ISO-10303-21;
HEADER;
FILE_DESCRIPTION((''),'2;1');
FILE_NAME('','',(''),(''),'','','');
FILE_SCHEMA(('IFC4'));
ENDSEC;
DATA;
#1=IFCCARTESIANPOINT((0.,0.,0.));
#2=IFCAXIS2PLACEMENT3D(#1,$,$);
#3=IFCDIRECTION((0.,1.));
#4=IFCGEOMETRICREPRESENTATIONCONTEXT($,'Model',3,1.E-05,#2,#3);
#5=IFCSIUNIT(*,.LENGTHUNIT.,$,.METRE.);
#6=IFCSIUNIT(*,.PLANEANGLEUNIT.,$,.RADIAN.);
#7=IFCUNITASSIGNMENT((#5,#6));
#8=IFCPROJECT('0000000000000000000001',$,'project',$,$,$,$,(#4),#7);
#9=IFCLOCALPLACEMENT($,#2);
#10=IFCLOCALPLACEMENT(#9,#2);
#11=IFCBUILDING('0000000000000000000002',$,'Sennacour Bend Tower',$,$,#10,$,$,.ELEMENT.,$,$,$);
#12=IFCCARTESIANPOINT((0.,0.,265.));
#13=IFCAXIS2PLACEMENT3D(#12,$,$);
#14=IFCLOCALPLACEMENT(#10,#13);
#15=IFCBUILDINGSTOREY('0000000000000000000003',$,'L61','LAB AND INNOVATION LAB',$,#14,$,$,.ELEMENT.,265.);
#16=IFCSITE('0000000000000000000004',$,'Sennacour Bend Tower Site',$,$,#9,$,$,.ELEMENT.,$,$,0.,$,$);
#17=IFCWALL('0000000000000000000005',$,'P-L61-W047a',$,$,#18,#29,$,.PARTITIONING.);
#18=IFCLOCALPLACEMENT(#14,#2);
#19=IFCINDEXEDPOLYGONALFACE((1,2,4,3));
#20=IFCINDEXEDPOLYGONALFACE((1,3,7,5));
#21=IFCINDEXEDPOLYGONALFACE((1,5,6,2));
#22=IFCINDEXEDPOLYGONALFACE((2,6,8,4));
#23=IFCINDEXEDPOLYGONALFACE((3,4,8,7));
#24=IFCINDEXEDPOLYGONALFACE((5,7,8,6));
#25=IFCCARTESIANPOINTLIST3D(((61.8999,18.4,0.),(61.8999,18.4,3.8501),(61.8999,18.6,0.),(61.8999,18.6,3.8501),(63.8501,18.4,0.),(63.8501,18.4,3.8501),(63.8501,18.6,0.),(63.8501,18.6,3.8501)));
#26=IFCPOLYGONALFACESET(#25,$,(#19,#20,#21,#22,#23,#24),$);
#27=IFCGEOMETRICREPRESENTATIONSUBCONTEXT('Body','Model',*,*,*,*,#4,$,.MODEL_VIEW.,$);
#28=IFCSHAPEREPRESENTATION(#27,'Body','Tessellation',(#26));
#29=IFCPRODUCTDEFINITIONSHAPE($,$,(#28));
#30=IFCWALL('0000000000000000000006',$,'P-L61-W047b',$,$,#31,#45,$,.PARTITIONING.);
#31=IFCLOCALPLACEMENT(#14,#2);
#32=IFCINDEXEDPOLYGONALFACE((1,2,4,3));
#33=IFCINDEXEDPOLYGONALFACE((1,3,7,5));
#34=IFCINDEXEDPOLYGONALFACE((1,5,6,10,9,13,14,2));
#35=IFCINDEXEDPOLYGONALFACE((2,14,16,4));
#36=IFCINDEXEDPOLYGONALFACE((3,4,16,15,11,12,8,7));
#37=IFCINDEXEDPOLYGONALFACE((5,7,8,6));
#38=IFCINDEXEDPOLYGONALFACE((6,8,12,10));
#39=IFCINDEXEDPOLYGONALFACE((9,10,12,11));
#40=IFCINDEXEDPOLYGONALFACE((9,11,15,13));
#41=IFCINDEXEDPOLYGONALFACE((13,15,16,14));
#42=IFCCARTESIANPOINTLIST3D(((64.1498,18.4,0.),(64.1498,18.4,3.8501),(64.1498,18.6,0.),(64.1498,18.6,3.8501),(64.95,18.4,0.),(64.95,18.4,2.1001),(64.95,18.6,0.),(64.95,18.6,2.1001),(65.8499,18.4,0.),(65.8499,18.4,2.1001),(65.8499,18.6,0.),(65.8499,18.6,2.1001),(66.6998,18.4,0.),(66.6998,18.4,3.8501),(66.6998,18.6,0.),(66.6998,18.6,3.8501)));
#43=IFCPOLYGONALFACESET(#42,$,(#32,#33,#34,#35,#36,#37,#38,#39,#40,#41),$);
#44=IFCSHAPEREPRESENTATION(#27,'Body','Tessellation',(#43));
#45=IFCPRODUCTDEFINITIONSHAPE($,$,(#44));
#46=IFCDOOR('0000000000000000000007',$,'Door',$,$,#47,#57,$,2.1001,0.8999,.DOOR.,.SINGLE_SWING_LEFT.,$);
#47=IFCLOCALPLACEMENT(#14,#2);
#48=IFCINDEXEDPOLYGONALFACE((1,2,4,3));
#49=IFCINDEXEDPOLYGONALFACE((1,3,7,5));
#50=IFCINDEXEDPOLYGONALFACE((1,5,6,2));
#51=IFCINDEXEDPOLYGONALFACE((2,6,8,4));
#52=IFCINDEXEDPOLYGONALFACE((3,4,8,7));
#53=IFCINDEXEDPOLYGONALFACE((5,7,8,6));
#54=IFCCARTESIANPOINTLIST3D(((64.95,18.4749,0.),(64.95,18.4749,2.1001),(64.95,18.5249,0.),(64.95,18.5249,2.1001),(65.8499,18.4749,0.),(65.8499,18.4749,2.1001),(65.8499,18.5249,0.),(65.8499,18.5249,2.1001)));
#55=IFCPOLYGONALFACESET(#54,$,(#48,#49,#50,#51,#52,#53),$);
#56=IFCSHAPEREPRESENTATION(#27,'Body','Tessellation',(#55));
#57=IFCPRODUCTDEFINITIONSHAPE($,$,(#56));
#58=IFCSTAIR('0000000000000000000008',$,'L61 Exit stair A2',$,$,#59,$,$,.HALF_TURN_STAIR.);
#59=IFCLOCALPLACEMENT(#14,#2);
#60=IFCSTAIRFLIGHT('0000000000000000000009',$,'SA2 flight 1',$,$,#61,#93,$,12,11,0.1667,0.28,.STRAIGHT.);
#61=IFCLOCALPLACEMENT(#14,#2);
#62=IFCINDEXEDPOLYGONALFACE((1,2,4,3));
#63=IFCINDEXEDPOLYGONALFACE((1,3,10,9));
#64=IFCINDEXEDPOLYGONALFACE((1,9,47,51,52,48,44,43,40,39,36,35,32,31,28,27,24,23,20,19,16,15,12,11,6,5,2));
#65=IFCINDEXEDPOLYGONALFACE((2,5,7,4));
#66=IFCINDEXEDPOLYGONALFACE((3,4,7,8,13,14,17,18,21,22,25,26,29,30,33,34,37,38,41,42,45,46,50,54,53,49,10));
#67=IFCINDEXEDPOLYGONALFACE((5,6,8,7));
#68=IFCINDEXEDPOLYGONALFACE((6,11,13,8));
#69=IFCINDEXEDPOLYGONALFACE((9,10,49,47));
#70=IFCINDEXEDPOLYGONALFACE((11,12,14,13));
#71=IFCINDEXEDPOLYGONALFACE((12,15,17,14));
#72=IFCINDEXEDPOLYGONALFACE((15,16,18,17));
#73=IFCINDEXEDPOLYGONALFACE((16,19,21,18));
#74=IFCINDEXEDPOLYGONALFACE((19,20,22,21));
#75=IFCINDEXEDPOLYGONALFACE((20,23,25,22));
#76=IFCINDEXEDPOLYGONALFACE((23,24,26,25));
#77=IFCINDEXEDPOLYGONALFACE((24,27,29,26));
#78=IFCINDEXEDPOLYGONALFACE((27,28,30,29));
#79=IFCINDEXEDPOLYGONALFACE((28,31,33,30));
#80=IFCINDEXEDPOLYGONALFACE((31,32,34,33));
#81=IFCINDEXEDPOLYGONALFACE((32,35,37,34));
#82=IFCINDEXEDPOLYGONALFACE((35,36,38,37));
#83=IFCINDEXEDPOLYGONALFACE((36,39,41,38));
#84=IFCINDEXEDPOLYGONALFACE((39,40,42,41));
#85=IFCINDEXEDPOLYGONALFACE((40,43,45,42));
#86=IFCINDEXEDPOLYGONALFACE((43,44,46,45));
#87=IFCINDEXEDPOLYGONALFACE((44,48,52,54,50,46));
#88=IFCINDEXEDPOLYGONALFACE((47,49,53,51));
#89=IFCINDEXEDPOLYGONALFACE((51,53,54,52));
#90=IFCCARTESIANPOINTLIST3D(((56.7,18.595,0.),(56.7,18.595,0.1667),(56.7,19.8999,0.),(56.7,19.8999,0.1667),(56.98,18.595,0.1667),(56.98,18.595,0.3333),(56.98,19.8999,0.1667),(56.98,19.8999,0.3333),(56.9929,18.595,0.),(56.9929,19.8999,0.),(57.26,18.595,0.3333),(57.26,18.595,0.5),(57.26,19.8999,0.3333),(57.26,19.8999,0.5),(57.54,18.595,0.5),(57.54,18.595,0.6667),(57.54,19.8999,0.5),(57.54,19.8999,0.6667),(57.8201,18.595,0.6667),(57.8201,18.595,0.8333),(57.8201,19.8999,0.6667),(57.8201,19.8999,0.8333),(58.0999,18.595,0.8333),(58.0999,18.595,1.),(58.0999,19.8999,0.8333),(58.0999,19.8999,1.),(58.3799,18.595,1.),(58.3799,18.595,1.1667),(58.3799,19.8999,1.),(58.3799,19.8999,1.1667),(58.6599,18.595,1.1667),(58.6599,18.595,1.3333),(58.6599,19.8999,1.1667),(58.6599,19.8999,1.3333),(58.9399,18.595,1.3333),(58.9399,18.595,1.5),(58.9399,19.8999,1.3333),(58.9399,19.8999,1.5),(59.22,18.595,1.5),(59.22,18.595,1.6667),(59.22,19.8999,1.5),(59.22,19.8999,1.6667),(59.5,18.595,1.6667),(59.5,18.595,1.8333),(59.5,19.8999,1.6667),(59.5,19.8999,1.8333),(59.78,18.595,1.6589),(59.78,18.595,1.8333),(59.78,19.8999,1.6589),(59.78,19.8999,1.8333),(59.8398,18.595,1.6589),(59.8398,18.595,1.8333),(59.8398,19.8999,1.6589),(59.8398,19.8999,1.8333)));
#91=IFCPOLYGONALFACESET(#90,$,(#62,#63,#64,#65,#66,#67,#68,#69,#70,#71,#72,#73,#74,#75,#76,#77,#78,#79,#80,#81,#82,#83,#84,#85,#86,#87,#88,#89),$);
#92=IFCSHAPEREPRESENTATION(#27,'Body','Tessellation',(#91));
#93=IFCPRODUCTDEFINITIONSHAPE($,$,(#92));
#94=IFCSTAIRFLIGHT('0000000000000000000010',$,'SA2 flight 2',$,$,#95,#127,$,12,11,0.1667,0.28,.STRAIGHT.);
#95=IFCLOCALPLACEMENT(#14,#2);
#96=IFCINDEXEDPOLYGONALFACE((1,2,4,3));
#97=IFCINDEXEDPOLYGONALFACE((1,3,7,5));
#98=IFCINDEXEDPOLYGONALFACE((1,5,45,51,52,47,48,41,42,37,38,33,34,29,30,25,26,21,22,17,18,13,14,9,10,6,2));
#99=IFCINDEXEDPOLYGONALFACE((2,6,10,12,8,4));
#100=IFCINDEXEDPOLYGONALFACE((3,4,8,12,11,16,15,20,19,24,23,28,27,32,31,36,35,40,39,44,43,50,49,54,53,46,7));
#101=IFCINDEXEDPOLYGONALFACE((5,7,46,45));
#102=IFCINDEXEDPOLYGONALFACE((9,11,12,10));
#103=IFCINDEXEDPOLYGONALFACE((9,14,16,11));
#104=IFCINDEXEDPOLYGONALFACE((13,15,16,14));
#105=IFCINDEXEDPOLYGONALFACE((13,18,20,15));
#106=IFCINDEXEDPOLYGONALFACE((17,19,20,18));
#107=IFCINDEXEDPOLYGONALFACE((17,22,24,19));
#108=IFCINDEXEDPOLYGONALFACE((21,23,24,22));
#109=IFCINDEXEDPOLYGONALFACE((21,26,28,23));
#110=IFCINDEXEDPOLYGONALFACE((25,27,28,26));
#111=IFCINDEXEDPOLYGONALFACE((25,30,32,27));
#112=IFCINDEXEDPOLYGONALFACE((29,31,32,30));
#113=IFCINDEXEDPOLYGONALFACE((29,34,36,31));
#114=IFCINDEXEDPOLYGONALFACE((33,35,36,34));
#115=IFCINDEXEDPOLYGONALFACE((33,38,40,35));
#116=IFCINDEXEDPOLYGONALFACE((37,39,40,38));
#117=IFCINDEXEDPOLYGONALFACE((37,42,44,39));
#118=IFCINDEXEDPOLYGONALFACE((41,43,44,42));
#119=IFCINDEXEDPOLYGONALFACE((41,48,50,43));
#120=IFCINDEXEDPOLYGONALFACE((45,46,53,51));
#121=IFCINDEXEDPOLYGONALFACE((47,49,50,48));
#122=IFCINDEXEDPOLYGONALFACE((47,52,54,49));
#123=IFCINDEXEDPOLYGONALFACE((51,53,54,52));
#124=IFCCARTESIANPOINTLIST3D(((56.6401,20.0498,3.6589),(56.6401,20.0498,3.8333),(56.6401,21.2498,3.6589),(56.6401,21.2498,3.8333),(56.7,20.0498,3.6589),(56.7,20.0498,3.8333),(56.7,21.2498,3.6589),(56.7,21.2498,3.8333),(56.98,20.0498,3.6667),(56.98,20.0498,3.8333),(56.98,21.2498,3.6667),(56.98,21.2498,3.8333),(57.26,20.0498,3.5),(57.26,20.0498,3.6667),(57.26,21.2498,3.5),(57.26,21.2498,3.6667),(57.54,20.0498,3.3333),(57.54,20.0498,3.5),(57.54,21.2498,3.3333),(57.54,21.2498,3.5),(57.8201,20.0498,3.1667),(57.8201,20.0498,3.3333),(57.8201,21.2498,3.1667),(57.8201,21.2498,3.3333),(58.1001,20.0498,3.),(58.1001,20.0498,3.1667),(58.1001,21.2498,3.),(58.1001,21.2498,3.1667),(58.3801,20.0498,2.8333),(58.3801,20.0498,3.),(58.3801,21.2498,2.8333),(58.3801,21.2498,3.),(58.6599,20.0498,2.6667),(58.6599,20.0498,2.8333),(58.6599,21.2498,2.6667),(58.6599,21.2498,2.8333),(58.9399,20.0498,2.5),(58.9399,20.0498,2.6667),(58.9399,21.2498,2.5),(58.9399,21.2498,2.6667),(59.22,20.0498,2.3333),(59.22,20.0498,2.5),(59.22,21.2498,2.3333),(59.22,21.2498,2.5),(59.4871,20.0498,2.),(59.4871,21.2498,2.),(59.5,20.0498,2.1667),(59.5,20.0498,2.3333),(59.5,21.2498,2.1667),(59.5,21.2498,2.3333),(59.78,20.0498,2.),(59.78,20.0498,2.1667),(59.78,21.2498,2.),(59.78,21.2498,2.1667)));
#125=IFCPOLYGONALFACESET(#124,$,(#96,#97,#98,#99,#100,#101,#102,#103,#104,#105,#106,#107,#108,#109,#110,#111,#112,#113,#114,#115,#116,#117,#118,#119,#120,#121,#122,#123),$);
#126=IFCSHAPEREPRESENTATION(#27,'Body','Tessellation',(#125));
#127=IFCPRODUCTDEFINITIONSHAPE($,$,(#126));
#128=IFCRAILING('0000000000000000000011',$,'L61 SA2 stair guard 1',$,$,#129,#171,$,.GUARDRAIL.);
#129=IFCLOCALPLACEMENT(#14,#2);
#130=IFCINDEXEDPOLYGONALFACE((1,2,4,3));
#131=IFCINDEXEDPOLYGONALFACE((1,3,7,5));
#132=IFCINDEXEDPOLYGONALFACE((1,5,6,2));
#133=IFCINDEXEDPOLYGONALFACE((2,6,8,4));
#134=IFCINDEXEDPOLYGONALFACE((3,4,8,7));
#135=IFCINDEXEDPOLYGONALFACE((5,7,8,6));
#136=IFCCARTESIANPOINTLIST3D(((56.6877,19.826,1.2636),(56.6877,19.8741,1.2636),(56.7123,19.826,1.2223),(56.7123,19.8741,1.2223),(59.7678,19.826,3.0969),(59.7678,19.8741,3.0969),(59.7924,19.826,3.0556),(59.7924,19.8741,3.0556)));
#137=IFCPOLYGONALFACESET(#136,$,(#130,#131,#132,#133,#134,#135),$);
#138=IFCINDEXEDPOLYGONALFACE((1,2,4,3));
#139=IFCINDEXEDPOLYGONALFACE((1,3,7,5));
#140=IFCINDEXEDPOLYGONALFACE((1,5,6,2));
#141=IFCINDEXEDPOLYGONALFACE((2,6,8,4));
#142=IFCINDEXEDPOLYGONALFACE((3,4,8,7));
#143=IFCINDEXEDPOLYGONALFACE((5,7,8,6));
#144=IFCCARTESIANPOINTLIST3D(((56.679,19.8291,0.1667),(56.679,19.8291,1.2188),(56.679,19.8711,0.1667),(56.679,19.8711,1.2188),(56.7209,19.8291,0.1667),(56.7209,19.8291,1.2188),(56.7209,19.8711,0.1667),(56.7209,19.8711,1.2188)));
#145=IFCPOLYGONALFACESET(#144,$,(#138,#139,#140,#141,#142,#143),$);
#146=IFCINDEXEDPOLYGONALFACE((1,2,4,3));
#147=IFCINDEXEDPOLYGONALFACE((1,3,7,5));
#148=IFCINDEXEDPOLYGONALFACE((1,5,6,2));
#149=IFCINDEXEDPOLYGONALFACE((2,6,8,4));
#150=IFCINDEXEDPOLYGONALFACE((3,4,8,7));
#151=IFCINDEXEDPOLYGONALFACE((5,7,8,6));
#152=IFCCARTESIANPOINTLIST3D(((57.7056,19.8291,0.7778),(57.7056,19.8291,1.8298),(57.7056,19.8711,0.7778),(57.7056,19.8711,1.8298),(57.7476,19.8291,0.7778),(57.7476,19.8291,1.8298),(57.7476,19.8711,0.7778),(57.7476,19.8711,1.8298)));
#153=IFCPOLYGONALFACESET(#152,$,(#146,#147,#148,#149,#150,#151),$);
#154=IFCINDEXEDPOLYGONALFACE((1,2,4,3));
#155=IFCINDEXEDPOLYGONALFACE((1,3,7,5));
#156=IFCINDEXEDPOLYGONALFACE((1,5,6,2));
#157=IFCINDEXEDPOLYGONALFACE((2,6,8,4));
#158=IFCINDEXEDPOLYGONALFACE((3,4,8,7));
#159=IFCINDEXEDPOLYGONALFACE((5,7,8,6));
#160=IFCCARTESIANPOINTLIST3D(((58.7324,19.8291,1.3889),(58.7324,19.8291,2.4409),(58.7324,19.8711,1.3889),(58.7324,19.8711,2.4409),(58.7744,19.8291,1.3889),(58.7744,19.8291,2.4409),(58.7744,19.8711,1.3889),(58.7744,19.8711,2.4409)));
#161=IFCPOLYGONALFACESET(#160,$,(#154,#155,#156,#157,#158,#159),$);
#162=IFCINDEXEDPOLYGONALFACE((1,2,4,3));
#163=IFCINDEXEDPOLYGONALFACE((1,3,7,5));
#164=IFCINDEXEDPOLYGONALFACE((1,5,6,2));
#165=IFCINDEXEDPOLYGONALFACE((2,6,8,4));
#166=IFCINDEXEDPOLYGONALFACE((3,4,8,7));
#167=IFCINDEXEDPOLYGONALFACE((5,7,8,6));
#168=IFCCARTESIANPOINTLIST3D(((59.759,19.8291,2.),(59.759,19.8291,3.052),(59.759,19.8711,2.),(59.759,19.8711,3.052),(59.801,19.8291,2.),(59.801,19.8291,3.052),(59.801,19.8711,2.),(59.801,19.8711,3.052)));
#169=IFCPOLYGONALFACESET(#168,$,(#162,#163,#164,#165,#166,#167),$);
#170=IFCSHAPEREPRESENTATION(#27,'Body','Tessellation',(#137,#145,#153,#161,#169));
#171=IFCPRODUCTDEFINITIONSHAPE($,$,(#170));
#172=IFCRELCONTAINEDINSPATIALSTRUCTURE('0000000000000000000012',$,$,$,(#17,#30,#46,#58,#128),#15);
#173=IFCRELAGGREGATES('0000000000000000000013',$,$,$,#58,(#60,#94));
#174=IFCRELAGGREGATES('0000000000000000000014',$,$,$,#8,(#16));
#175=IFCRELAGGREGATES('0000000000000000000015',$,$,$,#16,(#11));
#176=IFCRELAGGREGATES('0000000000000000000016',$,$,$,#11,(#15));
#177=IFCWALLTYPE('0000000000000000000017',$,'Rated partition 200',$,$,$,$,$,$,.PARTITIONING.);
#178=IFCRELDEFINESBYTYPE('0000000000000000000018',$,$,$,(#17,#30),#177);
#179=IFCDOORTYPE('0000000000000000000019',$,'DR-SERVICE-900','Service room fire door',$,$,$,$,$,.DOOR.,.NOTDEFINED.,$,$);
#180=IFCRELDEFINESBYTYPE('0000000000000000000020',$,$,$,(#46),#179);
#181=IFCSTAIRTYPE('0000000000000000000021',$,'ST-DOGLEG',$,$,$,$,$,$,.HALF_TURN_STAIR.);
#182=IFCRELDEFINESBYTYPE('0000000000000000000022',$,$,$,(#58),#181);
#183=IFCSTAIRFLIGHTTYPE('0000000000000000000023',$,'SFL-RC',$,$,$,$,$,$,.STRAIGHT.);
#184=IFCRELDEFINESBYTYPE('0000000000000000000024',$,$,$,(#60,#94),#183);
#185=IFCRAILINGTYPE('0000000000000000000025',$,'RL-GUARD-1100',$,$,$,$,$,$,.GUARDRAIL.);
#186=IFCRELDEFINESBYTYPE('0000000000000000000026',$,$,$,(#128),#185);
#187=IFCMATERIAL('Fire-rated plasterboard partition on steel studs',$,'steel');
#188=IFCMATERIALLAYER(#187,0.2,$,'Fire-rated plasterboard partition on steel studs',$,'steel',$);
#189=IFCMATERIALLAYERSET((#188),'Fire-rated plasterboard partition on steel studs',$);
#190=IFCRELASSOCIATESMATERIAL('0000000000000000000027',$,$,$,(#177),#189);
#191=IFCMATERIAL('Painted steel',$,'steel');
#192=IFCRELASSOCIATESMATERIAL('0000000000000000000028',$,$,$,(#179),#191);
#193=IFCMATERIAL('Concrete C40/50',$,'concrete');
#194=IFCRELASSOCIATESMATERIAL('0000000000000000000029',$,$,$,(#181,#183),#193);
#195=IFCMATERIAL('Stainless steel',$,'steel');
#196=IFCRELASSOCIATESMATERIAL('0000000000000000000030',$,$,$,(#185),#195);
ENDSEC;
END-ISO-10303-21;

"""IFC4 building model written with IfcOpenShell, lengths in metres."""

from ifc_helpers import new_model, si_unit, direction, frame, frame_2d, origin, origin_2d, place, context, subcontext, project, spatial, polyline, rectangle, outline, extrude, material, layer, layer_set, type_object, element, fill, aggregate, save


model = new_model("IFC4")

# Units and contexts
model_context = context("Model", 3, precision=1e-05, world=origin(), true_north=direction((0.0, 1.0)))
body_context = subcontext(model_context, "Body", "Model", "MODEL_VIEW")
ifc_project = project(units=[si_unit("LENGTHUNIT", "METRE"), si_unit("PLANEANGLEUNIT", "RADIAN")], contexts=[model_context])

# Site, building, storey
site_placement = place(None, origin())
site = spatial("IfcSite", under=ifc_project, at=site_placement, Name="Sennacour Bend Tower Site", CompositionType="ELEMENT", RefElevation=0.0)
building_placement = place(site_placement, origin())
building = spatial("IfcBuilding", under=site, at=building_placement, Name="Sennacour Bend Tower", CompositionType="ELEMENT")
storey_placement = place(building_placement, frame((0.0, 0.0, 265.0)))
storey = spatial("IfcBuildingStorey", under=building, at=storey_placement, Name="L61", Description="LAB AND INNOVATION LAB", CompositionType="ELEMENT", Elevation=265.0)

# Wall
ifc_material_1 = material(Name="Fire-rated plasterboard partition on steel studs", Category="steel")
ifc_layer = layer(ifc_material_1, 0.2, Name="Fire-rated plasterboard partition on steel studs", Category="steel")
ifc_layer_set = layer_set([ifc_layer], Name="Fire-rated plasterboard partition on steel studs")
wall_type = type_object("IfcWallType", Name="Rated partition 200", PredefinedType="PARTITIONING", material=ifc_layer_set)
wall_1_placement = place(storey_placement, frame((61.8999, 18.5, 0.0), z_axis=(0.0, 0.0, 1.0), x_axis=(1.0, 0.0, 0.0)))
element("IfcWall", 1, at=wall_1_placement, inside=storey, type_object=wall_type, Name="P-L61-W047a", PredefinedType="PARTITIONING", context=body_context, shape_type="SweptSolid", body=[
    extrude(rectangle(XDim=1.9502, YDim=0.2, at=frame_2d((0.9751, 0.0))), origin(), (0.0, 0.0, 1.0), 3.8501),
])

# Wall, opening, door
wall_2_placement = place(storey_placement, frame((64.1499, 18.5, 0.0), z_axis=(0.0, 0.0, 1.0), x_axis=(1.0, 0.0, 0.0)))
wall_2 = element("IfcWall", 2, at=wall_2_placement, inside=storey, type_object=wall_type, Name="P-L61-W047b", PredefinedType="PARTITIONING", context=body_context, shape_type="SweptSolid", body=[
    extrude(rectangle(XDim=2.55, YDim=0.2, at=frame_2d((1.2749, 0.0))), origin(), (0.0, 0.0, 1.0), 3.8501),
])
opening_placement = place(wall_2_placement, frame((0.8, 0.0, 0.0)))
opening = element("IfcOpeningElement", 3, at=opening_placement, cuts=wall_2, PredefinedType="OPENING", context=body_context, shape_type="SweptSolid", body=[
    extrude(rectangle(XDim=0.8999, YDim=2.1001, at=frame_2d((0.45, 1.05))), frame((0.0, 0.1099, 0.0), z_axis=(0.0, -1.0, 0.0), x_axis=(1.0, 0.0, 0.0)), (0.0, 0.0, 1.0), 0.22),
])
ifc_material_2 = material(Name="Painted steel", Category="steel")
door_type = type_object("IfcDoorType", Name="DR-SERVICE-900", Description="Service room fire door", OperationType="NOTDEFINED", PredefinedType="DOOR", material=ifc_material_2)
door_placement = place(opening_placement, origin())
door = element("IfcDoor", 4, at=door_placement, inside=storey, type_object=door_type, Name="Door", OperationType="SINGLE_SWING_LEFT", OverallHeight=2.1001, OverallWidth=0.8999, PredefinedType="DOOR", context=body_context, shape_type="SweptSolid", body=[
    extrude(rectangle(XDim=0.8999, YDim=2.1001, at=frame_2d((0.45, 1.05))), frame((0.0, 0.0249, 0.0), z_axis=(0.0, -1.0, 0.0), x_axis=(1.0, 0.0, 0.0)), (0.0, 0.0, 1.0), 0.05),
])
fill(opening, door)

# Stair, stair flights
ifc_material_3 = material(Name="Concrete C40/50", Category="concrete")
stair_type = type_object("IfcStairType", Name="ST-DOGLEG", PredefinedType="HALF_TURN_STAIR", material=ifc_material_3)
stair_placement = place(storey_placement, origin())
stair = element("IfcStair", 5, at=stair_placement, inside=storey, type_object=stair_type, Name="L61 Exit stair A2", PredefinedType="HALF_TURN_STAIR")
stair_flight_type = type_object("IfcStairFlightType", Name="SFL-RC", PredefinedType="STRAIGHT", material=ifc_material_3)
stair_flight_1_placement = place(storey_placement, frame((56.7, 19.2476, 0.0), z_axis=(0.0, 0.0, 1.0), x_axis=(1.0, 0.0, 0.0)))
stair_flight_1 = element("IfcStairFlight", 6, at=stair_flight_1_placement, type_object=stair_flight_type, Name="SA2 flight 1", NumberOfRisers=12, NumberOfTreads=11, PredefinedType="STRAIGHT", RiserHeight=0.1667, TreadLength=0.28, context=body_context, shape_type="SweptSolid", body=[
    extrude(outline(polyline([(0.0, 0.0), (0.0, 0.1667), (0.28, 0.1667), (0.28, 0.3333), (0.5601, 0.3333), (0.5601, 0.5), (0.8401, 0.5), (0.8401, 0.6667), (1.1201, 0.6667), (1.1201, 0.8333), (1.3999, 0.8333), (1.3999, 1.0), (1.6799, 1.0), (1.6799, 1.1667), (1.96, 1.1667), (1.96, 1.3333), (2.24, 1.3333), (2.24, 1.5), (2.52, 1.5), (2.52, 1.6667), (2.8, 1.6667), (2.8, 1.8333), (3.0801, 1.8333), (3.1399, 1.8333), (3.1399, 1.6589), (3.0801, 1.6589), (0.293, 0.0), (0.0, 0.0)])), frame((0.0, 0.6523, 0.0), z_axis=(0.0, -1.0, 0.0), x_axis=(1.0, 0.0, 0.0)), (0.0, 0.0, 1.0), 1.3049),
])
stair_flight_2_placement = place(storey_placement, frame((59.78, 20.6499, 2.0), z_axis=(0.0, 0.0, 1.0), x_axis=(-1.0, 0.0, 0.0)))
stair_flight_2 = element("IfcStairFlight", 7, at=stair_flight_2_placement, type_object=stair_flight_type, Name="SA2 flight 2", NumberOfRisers=12, NumberOfTreads=11, PredefinedType="STRAIGHT", RiserHeight=0.1667, TreadLength=0.28, context=body_context, shape_type="SweptSolid", body=[
    extrude(outline(polyline([(0.0, 0.0), (0.0, 0.1667), (0.28, 0.1667), (0.28, 0.3333), (0.5601, 0.3333), (0.5601, 0.5), (0.8401, 0.5), (0.8401, 0.6667), (1.1201, 0.6667), (1.1201, 0.8333), (1.3999, 0.8333), (1.3999, 1.0), (1.6799, 1.0), (1.6799, 1.1667), (1.96, 1.1667), (1.96, 1.3333), (2.24, 1.3333), (2.24, 1.5), (2.52, 1.5), (2.52, 1.6667), (2.8, 1.6667), (2.8, 1.8333), (3.0801, 1.8333), (3.1399, 1.8333), (3.1399, 1.6589), (3.0801, 1.6589), (0.293, 0.0), (0.0, 0.0)])), frame((0.0, 0.6001, 0.0), z_axis=(0.0, -1.0, 0.0), x_axis=(1.0, 0.0, 0.0)), (0.0, 0.0, 1.0), 1.2),
])
aggregate(stair, [stair_flight_1, stair_flight_2])

# Railing
ifc_material_4 = material(Name="Stainless steel", Category="steel")
railing_type_1 = type_object("IfcRailingType", Name="RL-GUARD-1100", PredefinedType="GUARDRAIL", material=ifc_material_4)
railing_1_placement = place(storey_placement, frame((56.7, 19.8501, 0.1667)))
element("IfcRailing", 8, at=railing_1_placement, inside=storey, type_object=railing_type_1, Name="L61 SA2 stair guard 1", PredefinedType="GUARDRAIL", context=body_context, shape_type="SweptSolid", body=[
    extrude(rectangle(XDim=0.0481, YDim=0.0481, at=origin_2d()), frame((0.0, 0.0, 1.0762), z_axis=(0.859309, 0.0, 0.511458), x_axis=(0.0, 1.0, 0.0)), (0.0, 0.0, 1.0), 3.5845),
    extrude(rectangle(XDim=0.042, YDim=0.042, at=origin_2d()), origin(), (0.0, 0.0, 1.0), 1.052),
    extrude(rectangle(XDim=0.042, YDim=0.042, at=origin_2d()), frame((1.0266, 0.0, 0.6111)), (0.0, 0.0, 1.0), 1.052),
    extrude(rectangle(XDim=0.042, YDim=0.042, at=origin_2d()), frame((2.0535, 0.0, 1.2222)), (0.0, 0.0, 1.0), 1.052),
    extrude(rectangle(XDim=0.042, YDim=0.042, at=origin_2d()), frame((3.0801, 0.0, 1.8333)), (0.0, 0.0, 1.0), 1.052),
])

save(model, "model.ifc")
